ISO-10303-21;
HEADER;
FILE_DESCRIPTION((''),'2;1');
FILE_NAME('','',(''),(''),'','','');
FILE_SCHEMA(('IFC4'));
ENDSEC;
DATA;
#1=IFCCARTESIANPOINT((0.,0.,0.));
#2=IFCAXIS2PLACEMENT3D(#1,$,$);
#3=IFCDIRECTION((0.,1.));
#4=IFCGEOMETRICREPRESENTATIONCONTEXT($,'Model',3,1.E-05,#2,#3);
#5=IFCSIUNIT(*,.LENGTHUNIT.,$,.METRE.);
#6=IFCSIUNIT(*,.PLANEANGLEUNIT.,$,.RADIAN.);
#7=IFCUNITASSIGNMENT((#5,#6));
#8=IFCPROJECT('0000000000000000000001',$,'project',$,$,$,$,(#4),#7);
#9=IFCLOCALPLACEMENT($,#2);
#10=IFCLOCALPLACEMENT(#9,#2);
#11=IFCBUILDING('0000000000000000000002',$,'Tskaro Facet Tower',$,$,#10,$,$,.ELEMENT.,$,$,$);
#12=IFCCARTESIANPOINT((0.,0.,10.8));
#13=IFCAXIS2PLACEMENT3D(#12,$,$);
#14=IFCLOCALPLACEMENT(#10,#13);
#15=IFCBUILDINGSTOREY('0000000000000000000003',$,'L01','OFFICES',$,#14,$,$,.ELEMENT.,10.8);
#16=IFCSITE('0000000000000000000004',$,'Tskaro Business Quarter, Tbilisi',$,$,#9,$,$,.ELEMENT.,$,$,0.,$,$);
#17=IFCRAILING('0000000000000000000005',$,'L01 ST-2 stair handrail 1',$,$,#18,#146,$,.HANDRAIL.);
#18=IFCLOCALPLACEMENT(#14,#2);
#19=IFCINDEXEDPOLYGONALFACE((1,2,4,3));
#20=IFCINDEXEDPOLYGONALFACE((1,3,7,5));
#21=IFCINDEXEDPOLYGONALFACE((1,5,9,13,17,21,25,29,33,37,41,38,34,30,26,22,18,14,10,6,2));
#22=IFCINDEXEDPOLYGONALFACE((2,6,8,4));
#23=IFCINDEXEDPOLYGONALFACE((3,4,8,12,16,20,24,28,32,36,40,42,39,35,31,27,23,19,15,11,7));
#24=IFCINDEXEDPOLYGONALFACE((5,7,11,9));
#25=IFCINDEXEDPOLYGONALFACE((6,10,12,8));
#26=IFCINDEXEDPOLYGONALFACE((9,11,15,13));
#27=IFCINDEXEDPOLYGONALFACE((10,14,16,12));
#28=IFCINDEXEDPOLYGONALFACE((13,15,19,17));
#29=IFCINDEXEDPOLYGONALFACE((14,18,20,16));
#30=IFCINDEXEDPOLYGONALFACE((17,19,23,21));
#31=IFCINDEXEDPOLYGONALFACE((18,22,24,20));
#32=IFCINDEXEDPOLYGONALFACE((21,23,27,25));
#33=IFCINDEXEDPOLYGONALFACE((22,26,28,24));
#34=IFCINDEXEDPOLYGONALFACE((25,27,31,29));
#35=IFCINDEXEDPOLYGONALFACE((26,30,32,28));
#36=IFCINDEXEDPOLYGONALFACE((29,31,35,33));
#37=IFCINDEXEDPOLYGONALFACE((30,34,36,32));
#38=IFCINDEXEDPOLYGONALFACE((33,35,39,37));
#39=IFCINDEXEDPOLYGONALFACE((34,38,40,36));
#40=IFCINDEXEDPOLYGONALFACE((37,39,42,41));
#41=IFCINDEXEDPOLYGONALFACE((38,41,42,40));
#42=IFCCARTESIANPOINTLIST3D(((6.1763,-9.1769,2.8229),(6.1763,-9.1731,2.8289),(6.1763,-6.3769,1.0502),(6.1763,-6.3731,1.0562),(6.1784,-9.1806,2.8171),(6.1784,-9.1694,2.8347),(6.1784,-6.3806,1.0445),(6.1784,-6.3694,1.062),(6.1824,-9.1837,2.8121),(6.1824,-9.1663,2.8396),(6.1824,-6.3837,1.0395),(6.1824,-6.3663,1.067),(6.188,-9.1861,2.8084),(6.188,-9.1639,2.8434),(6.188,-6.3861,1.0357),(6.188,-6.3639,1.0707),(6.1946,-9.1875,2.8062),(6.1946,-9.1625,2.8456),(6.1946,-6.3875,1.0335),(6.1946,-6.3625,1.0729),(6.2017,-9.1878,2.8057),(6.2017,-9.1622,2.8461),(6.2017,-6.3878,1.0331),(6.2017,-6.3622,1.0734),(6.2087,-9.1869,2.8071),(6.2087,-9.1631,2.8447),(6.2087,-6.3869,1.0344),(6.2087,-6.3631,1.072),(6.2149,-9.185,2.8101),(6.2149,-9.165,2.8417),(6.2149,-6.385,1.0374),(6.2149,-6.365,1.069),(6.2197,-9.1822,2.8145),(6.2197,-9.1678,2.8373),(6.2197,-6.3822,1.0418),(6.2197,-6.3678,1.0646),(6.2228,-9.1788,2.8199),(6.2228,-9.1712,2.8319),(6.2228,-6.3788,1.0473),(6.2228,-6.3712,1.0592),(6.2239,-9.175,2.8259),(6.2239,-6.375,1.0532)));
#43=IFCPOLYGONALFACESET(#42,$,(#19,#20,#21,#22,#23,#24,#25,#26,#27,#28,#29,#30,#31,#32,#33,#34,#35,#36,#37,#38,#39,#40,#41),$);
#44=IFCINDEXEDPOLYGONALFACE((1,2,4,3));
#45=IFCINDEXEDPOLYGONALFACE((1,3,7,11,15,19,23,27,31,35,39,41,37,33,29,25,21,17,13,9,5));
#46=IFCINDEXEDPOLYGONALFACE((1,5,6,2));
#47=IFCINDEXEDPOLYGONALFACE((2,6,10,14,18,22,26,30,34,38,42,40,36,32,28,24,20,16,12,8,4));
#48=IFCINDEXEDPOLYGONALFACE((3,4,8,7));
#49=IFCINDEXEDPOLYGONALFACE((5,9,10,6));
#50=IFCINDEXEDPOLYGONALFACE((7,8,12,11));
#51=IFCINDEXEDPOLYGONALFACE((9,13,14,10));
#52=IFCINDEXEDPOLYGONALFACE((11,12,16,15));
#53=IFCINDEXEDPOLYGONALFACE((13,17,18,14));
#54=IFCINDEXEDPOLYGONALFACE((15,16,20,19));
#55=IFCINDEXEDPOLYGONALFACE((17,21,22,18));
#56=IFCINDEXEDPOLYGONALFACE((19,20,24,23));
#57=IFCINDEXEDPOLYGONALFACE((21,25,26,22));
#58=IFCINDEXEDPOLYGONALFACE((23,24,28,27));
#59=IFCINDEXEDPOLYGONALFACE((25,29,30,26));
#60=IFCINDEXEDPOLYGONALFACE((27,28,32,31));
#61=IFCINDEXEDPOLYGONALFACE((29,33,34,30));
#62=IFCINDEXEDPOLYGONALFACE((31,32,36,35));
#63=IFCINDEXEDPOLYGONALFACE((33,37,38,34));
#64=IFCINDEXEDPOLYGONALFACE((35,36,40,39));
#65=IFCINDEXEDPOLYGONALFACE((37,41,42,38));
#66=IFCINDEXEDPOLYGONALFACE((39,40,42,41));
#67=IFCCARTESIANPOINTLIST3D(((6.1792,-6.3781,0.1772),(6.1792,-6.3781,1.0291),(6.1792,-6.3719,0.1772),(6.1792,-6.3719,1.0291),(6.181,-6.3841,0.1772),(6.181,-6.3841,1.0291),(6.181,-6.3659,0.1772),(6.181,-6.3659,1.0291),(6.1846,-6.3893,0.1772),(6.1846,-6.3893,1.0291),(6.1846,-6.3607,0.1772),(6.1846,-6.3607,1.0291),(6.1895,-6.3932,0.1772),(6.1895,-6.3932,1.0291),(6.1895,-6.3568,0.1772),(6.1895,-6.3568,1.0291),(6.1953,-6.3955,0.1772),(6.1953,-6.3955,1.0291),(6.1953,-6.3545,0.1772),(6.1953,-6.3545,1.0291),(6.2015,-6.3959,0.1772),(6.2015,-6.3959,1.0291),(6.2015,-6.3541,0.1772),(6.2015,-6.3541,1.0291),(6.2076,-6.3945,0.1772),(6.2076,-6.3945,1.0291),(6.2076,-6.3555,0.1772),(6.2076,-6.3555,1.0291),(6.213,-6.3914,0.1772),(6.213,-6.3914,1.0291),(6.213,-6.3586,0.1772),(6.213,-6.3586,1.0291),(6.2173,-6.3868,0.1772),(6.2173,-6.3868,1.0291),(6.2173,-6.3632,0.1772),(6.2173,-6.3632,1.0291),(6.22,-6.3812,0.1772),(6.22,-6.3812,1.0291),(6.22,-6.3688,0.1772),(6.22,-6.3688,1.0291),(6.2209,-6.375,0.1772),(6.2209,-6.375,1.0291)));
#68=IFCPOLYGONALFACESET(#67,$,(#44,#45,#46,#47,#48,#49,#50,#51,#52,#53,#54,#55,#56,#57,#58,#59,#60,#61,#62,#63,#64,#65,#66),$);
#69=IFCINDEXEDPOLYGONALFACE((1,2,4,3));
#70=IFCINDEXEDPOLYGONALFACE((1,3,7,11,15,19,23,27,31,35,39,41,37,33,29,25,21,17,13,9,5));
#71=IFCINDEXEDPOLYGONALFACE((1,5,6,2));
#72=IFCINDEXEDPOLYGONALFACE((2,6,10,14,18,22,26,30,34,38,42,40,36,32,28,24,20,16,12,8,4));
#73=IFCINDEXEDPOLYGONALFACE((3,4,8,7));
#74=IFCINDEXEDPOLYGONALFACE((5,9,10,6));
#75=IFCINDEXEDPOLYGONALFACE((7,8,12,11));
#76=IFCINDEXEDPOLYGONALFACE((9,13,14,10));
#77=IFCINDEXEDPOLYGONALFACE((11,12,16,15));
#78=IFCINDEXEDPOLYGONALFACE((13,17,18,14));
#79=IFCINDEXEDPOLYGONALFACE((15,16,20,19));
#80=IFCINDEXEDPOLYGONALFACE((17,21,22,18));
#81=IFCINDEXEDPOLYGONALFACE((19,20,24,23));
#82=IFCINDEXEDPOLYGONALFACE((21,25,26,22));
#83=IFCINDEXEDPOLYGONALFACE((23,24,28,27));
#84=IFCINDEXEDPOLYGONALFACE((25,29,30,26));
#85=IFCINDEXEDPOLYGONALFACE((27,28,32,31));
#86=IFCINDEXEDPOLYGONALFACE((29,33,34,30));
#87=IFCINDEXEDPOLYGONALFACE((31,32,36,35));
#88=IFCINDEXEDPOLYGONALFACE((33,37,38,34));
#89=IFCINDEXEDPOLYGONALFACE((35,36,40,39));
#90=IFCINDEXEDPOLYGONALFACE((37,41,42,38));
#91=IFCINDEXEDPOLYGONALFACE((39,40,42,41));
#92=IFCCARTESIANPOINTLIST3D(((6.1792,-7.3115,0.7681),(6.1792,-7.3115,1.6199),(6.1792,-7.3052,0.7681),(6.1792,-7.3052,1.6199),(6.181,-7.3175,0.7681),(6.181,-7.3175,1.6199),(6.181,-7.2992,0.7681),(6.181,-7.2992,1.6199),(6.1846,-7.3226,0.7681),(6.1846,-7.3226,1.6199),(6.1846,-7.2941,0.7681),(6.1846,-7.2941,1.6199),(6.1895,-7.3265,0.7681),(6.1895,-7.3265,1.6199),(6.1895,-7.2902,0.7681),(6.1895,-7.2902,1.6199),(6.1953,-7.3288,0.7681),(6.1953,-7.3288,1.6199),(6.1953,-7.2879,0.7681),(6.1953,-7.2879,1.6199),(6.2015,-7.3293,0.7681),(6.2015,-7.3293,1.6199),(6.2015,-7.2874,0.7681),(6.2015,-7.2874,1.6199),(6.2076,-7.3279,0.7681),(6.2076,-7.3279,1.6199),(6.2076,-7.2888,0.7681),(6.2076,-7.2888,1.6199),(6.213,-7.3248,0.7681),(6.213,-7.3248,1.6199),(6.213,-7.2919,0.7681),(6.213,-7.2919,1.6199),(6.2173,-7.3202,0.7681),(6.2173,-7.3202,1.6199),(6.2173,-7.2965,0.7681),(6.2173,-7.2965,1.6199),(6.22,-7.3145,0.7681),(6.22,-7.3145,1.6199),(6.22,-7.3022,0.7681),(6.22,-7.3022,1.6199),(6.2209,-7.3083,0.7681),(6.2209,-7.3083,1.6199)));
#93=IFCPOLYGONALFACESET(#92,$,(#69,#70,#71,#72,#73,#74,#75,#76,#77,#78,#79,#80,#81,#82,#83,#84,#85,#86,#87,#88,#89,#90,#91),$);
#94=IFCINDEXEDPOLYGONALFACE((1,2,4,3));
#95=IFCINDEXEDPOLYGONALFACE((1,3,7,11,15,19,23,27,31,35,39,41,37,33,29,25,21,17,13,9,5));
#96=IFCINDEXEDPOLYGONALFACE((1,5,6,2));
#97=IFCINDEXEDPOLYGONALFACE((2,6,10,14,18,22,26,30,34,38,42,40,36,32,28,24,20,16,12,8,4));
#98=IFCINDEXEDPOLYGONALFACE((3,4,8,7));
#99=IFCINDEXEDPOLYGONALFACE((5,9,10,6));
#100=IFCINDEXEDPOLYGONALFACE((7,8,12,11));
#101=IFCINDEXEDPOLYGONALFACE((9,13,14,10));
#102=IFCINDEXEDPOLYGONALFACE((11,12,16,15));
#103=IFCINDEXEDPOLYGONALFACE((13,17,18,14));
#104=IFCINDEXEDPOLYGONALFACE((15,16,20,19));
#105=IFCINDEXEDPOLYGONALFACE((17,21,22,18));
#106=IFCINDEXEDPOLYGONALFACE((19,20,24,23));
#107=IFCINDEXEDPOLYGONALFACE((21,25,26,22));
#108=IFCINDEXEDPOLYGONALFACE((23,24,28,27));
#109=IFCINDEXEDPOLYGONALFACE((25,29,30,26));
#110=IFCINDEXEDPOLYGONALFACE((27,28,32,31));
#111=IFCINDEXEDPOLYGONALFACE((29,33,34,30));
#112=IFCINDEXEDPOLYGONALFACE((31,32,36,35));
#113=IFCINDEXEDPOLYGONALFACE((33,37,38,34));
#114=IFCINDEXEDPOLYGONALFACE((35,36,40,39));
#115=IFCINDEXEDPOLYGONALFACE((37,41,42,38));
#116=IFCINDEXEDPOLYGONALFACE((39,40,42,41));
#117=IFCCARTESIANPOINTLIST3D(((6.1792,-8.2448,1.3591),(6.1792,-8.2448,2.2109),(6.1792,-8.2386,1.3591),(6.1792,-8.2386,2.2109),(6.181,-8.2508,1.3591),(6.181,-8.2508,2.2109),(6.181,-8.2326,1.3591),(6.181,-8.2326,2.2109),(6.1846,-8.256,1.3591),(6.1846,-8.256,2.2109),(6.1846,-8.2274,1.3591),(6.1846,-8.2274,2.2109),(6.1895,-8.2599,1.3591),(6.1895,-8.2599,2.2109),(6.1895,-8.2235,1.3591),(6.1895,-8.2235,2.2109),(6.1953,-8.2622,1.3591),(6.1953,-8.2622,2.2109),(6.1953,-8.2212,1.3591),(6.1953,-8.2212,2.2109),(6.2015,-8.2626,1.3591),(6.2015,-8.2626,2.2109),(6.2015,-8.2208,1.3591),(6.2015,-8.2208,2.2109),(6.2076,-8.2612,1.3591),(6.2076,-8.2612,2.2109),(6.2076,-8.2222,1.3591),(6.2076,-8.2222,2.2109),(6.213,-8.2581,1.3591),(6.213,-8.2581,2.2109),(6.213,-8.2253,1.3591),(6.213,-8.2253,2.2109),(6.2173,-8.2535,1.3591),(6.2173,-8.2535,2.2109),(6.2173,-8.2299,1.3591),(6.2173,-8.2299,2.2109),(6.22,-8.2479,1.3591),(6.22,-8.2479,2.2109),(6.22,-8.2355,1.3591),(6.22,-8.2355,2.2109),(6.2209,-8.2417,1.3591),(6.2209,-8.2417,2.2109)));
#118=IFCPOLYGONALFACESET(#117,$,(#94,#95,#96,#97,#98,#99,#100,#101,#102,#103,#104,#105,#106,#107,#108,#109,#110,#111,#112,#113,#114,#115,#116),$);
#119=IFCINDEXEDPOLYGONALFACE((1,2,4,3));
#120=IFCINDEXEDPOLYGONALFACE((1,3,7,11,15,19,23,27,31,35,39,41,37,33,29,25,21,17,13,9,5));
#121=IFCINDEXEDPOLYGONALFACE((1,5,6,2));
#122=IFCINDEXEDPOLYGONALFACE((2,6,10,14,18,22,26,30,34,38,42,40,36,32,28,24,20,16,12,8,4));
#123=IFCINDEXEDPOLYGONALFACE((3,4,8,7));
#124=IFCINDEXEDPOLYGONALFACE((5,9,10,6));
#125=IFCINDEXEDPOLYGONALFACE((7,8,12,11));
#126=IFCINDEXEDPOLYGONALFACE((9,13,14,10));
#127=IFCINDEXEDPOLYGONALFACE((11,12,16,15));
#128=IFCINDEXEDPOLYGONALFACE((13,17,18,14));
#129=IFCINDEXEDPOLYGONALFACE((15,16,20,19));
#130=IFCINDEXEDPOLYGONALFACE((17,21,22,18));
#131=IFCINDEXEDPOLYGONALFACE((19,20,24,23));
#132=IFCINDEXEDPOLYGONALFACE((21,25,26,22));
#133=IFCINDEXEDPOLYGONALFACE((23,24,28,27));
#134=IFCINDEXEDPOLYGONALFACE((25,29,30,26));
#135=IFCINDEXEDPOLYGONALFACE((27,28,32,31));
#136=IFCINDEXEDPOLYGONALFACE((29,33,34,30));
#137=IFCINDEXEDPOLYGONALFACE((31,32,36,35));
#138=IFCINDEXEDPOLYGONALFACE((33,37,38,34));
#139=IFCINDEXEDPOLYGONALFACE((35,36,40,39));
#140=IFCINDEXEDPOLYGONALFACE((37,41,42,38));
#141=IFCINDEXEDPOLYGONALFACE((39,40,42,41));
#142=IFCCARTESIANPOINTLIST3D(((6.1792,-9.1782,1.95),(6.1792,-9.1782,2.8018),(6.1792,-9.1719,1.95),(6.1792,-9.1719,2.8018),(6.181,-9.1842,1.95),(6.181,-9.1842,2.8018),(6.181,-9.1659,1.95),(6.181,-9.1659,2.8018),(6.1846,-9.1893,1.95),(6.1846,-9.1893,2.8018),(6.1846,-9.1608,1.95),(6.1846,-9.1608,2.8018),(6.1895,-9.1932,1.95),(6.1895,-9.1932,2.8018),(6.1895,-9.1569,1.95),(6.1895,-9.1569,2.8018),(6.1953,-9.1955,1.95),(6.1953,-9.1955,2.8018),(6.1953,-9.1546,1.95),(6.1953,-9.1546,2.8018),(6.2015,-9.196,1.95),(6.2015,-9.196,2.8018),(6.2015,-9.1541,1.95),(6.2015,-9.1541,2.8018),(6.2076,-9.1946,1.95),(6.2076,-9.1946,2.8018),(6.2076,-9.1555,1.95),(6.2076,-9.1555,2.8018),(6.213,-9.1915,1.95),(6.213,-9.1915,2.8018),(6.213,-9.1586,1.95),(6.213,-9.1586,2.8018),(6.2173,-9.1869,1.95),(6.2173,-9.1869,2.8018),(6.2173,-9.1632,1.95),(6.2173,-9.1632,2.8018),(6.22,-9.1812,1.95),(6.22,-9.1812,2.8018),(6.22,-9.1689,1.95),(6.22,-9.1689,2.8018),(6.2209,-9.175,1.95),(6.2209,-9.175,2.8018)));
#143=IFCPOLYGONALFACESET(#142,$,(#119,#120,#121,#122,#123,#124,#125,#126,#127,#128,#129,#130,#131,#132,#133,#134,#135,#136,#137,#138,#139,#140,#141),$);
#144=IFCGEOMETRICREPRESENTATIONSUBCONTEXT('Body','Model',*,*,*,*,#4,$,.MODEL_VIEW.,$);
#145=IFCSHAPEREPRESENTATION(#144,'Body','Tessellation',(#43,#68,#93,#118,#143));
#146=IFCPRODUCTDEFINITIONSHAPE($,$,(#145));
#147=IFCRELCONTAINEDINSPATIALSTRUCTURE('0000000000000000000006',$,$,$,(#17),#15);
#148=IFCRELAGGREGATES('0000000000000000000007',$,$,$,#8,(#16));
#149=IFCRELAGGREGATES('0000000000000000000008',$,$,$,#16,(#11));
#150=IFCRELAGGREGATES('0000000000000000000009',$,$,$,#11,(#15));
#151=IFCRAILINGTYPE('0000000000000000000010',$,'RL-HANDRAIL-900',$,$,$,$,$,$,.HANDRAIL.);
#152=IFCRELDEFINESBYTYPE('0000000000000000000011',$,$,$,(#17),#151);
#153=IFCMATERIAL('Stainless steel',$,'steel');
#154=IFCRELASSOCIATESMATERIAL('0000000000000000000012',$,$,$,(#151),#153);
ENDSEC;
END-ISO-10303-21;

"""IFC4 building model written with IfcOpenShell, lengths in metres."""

from ifc_helpers import new_model, si_unit, direction, frame, origin, origin_2d, place, context, subcontext, project, spatial, circle, extrude, material, type_object, element, save


model = new_model("IFC4")

# Units and contexts
model_context = context("Model", 3, precision=1e-05, world=origin(), true_north=direction((0.0, 1.0)))
body_context = subcontext(model_context, "Body", "Model", "MODEL_VIEW")
ifc_project = project(units=[si_unit("LENGTHUNIT", "METRE"), si_unit("PLANEANGLEUNIT", "RADIAN")], contexts=[model_context])

# Site, building, storey
site_placement = place(None, origin())
site = spatial("IfcSite", under=ifc_project, at=site_placement, Name="Tskaro Business Quarter, Tbilisi", CompositionType="ELEMENT", RefElevation=0.0)
building_placement = place(site_placement, origin())
building = spatial("IfcBuilding", under=site, at=building_placement, Name="Tskaro Facet Tower", CompositionType="ELEMENT")
storey_placement = place(building_placement, frame((0.0, 0.0, 10.8)))
storey = spatial("IfcBuildingStorey", under=building, at=storey_placement, Name="L01", Description="OFFICES", CompositionType="ELEMENT", Elevation=10.8)

# Shared definitions
ifc_material_1 = material(Name="Stainless steel", Category="steel")

# Railing
railing_type_1 = type_object("IfcRailingType", Name="RL-HANDRAIL-900", PredefinedType="HANDRAIL", material=ifc_material_1)
railing_1_placement = place(storey_placement, frame((6.2, -6.375, 0.1772)))
element("IfcRailing", 1, at=railing_1_placement, inside=storey, type_object=railing_type_1, Name="L01 ST-2 stair handrail 1", PredefinedType="HANDRAIL", context=body_context, shape_type="SweptSolid", body=[
    extrude(circle(Radius=0.0239, at=origin_2d()), frame((0.0, 0.0, 0.876), z_axis=(0.0, -0.844909, 0.53491), x_axis=(1.0, 0.0, 0.0)), (0.0, 0.0, 1.0), 3.314),
    extrude(circle(Radius=0.021, at=origin_2d()), origin(), (0.0, 0.0, 1.0), 0.8518),
    extrude(circle(Radius=0.021, at=origin_2d()), frame((0.0, -0.9333, 0.5908)), (0.0, 0.0, 1.0), 0.8518),
    extrude(circle(Radius=0.021, at=origin_2d()), frame((0.0, -1.8667, 1.1819)), (0.0, 0.0, 1.0), 0.8518),
    extrude(circle(Radius=0.021, at=origin_2d()), frame((0.0, -2.8, 1.7727)), (0.0, 0.0, 1.0), 0.8518),
])

save(model, "model.ifc")
